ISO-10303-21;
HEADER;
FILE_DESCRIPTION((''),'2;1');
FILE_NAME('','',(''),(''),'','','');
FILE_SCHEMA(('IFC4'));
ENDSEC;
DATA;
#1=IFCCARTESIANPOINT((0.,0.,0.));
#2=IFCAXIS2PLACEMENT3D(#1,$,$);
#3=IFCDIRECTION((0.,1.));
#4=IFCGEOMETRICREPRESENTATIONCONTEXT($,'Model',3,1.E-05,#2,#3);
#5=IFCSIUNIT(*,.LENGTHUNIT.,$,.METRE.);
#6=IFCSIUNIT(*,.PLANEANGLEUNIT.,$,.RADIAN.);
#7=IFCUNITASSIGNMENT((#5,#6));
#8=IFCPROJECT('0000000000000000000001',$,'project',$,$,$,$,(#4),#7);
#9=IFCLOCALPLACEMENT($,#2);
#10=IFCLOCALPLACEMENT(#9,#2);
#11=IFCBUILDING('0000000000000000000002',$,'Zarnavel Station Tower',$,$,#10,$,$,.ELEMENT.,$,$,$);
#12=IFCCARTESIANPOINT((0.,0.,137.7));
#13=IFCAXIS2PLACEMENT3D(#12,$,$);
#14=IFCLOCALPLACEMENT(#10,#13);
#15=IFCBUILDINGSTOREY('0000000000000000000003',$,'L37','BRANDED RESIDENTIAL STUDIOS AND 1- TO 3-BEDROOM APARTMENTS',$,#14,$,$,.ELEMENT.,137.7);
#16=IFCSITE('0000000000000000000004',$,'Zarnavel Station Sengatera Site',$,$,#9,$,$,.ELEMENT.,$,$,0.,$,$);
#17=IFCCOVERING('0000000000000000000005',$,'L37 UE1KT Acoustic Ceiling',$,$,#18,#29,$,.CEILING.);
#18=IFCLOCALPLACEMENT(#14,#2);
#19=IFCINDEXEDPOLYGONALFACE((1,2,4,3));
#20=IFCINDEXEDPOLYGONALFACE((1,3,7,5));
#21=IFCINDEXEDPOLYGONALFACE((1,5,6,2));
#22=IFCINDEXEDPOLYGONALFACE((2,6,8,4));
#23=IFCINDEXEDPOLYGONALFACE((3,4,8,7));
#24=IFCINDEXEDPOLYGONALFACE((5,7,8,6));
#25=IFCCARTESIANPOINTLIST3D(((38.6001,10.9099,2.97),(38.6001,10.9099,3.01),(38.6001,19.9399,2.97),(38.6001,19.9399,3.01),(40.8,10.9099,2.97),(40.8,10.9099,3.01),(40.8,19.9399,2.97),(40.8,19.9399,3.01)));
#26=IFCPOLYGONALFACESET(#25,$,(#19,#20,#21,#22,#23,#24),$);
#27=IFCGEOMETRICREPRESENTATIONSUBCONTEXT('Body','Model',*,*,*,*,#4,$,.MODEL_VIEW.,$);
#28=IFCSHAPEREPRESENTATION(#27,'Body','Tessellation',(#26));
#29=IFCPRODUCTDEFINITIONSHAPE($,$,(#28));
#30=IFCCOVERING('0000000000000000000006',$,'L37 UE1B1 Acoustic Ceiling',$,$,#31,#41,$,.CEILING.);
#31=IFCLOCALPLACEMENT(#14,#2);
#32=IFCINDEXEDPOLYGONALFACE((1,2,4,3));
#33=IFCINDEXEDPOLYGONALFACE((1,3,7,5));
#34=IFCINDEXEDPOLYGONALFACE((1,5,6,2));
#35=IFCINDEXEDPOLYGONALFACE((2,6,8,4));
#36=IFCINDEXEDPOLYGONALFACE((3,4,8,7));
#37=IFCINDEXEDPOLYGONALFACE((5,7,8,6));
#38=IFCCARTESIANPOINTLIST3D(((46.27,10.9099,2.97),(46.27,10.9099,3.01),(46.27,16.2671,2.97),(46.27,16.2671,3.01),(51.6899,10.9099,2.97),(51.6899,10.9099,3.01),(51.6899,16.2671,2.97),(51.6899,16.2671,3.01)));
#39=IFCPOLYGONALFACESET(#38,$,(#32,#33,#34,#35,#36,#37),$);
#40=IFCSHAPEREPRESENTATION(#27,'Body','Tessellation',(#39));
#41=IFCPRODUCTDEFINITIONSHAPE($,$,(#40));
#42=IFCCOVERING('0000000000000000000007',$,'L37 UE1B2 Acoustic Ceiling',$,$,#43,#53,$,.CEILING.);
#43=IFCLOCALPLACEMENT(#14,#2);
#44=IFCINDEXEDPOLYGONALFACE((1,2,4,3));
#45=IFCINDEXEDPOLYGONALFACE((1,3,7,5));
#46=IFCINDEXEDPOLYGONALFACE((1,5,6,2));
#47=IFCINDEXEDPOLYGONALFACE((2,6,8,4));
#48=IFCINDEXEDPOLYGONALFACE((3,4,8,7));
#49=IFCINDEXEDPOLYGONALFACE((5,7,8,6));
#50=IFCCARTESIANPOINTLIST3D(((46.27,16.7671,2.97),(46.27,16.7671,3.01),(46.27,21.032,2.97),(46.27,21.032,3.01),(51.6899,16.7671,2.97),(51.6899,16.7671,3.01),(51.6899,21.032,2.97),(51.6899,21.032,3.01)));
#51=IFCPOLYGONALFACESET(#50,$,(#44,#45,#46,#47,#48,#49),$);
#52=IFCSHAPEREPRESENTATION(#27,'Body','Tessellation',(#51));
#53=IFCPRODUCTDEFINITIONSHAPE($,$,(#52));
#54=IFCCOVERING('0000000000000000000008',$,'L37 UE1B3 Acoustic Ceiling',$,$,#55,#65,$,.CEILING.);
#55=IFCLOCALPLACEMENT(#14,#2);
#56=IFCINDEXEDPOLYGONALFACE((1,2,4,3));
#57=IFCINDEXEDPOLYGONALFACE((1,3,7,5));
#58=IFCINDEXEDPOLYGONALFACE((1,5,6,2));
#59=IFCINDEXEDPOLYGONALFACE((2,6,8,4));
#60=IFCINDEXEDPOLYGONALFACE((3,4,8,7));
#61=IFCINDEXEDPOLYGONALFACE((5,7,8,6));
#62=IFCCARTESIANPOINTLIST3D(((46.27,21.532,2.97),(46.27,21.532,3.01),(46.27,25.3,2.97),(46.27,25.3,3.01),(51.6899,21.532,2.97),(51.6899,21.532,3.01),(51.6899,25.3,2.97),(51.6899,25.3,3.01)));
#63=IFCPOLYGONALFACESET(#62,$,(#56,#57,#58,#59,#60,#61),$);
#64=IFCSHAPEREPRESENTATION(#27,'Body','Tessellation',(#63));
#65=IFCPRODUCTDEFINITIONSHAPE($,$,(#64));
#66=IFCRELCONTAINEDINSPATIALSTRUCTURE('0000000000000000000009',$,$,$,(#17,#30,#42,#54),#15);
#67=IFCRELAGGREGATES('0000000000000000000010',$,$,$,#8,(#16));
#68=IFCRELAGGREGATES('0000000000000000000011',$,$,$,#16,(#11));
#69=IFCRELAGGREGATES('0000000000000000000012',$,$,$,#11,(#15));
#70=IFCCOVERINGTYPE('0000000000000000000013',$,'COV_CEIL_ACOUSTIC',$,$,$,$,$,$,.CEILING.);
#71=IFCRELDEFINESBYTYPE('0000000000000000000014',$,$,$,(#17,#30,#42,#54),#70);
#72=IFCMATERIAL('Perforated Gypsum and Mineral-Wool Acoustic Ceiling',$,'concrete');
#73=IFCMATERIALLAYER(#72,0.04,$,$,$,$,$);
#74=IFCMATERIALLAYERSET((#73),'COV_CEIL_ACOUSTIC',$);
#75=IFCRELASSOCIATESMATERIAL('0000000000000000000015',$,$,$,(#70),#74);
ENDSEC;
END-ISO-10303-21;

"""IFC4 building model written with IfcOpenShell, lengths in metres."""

from ifc_helpers import new_model, si_unit, direction, frame, origin, place, context, subcontext, project, spatial, polyline, outline, extrude, material, layer, layer_set, type_object, element, save


model = new_model("IFC4")

# Units and contexts
model_context = context("Model", 3, precision=1e-05, world=origin(), true_north=direction((0.0, 1.0)))
body_context = subcontext(model_context, "Body", "Model", "MODEL_VIEW")
ifc_project = project(units=[si_unit("LENGTHUNIT", "METRE"), si_unit("PLANEANGLEUNIT", "RADIAN")], contexts=[model_context])

# Site, building, storey
site_placement = place(None, origin())
site = spatial("IfcSite", under=ifc_project, at=site_placement, Name="Zarnavel Station Sengatera Site", CompositionType="ELEMENT", RefElevation=0.0)
building_placement = place(site_placement, origin())
building = spatial("IfcBuilding", under=site, at=building_placement, Name="Zarnavel Station Tower", CompositionType="ELEMENT")
storey_placement = place(building_placement, frame((0.0, 0.0, 137.7)))
storey = spatial("IfcBuildingStorey", under=building, at=storey_placement, Name="L37", Description="BRANDED RESIDENTIAL STUDIOS AND 1- TO 3-BEDROOM APARTMENTS", CompositionType="ELEMENT", Elevation=137.7)

# Coverings
ifc_material_1 = material(Name="Perforated Gypsum and Mineral-Wool Acoustic Ceiling", Category="concrete")
ifc_layer_1 = layer(ifc_material_1, 0.04)
ifc_layer_set_1 = layer_set([ifc_layer_1], Name="COV_CEIL_ACOUSTIC")
covering_type = type_object("IfcCoveringType", Name="COV_CEIL_ACOUSTIC", PredefinedType="CEILING", material=ifc_layer_set_1)
covering_1_placement = place(storey_placement, frame((0.0, 0.0, 2.97)))
element("IfcCovering", 1, at=covering_1_placement, inside=storey, type_object=covering_type, Name="L37 UE1KT Acoustic Ceiling", PredefinedType="CEILING", context=body_context, shape_type="SweptSolid", body=[
    extrude(outline(polyline([(38.6001, 10.9099), (40.8, 10.9099), (40.8, 19.9399), (38.6001, 19.9399), (38.6001, 10.9099)])), origin(), (0.0, 0.0, 1.0), 0.04),
])
covering_2_placement = place(storey_placement, frame((0.0, 0.0, 2.97)))
element("IfcCovering", 2, at=covering_2_placement, inside=storey, type_object=covering_type, Name="L37 UE1B1 Acoustic Ceiling", PredefinedType="CEILING", context=body_context, shape_type="SweptSolid", body=[
    extrude(outline(polyline([(46.27, 10.9099), (51.6899, 10.9099), (51.6899, 16.2671), (46.27, 16.2671), (46.27, 10.9099)])), origin(), (0.0, 0.0, 1.0), 0.04),
])
covering_3_placement = place(storey_placement, frame((0.0, 0.0, 2.97)))
element("IfcCovering", 3, at=covering_3_placement, inside=storey, type_object=covering_type, Name="L37 UE1B2 Acoustic Ceiling", PredefinedType="CEILING", context=body_context, shape_type="SweptSolid", body=[
    extrude(outline(polyline([(46.27, 16.7671), (51.6899, 16.7671), (51.6899, 21.032), (46.27, 21.032), (46.27, 16.7671)])), origin(), (0.0, 0.0, 1.0), 0.04),
])
covering_4_placement = place(storey_placement, frame((0.0, 0.0, 2.97)))
element("IfcCovering", 4, at=covering_4_placement, inside=storey, type_object=covering_type, Name="L37 UE1B3 Acoustic Ceiling", PredefinedType="CEILING", context=body_context, shape_type="SweptSolid", body=[
    extrude(outline(polyline([(46.27, 21.532), (51.6899, 21.532), (51.6899, 25.3), (46.27, 25.3), (46.27, 21.532)])), origin(), (0.0, 0.0, 1.0), 0.04),
])

save(model, "model.ifc")
